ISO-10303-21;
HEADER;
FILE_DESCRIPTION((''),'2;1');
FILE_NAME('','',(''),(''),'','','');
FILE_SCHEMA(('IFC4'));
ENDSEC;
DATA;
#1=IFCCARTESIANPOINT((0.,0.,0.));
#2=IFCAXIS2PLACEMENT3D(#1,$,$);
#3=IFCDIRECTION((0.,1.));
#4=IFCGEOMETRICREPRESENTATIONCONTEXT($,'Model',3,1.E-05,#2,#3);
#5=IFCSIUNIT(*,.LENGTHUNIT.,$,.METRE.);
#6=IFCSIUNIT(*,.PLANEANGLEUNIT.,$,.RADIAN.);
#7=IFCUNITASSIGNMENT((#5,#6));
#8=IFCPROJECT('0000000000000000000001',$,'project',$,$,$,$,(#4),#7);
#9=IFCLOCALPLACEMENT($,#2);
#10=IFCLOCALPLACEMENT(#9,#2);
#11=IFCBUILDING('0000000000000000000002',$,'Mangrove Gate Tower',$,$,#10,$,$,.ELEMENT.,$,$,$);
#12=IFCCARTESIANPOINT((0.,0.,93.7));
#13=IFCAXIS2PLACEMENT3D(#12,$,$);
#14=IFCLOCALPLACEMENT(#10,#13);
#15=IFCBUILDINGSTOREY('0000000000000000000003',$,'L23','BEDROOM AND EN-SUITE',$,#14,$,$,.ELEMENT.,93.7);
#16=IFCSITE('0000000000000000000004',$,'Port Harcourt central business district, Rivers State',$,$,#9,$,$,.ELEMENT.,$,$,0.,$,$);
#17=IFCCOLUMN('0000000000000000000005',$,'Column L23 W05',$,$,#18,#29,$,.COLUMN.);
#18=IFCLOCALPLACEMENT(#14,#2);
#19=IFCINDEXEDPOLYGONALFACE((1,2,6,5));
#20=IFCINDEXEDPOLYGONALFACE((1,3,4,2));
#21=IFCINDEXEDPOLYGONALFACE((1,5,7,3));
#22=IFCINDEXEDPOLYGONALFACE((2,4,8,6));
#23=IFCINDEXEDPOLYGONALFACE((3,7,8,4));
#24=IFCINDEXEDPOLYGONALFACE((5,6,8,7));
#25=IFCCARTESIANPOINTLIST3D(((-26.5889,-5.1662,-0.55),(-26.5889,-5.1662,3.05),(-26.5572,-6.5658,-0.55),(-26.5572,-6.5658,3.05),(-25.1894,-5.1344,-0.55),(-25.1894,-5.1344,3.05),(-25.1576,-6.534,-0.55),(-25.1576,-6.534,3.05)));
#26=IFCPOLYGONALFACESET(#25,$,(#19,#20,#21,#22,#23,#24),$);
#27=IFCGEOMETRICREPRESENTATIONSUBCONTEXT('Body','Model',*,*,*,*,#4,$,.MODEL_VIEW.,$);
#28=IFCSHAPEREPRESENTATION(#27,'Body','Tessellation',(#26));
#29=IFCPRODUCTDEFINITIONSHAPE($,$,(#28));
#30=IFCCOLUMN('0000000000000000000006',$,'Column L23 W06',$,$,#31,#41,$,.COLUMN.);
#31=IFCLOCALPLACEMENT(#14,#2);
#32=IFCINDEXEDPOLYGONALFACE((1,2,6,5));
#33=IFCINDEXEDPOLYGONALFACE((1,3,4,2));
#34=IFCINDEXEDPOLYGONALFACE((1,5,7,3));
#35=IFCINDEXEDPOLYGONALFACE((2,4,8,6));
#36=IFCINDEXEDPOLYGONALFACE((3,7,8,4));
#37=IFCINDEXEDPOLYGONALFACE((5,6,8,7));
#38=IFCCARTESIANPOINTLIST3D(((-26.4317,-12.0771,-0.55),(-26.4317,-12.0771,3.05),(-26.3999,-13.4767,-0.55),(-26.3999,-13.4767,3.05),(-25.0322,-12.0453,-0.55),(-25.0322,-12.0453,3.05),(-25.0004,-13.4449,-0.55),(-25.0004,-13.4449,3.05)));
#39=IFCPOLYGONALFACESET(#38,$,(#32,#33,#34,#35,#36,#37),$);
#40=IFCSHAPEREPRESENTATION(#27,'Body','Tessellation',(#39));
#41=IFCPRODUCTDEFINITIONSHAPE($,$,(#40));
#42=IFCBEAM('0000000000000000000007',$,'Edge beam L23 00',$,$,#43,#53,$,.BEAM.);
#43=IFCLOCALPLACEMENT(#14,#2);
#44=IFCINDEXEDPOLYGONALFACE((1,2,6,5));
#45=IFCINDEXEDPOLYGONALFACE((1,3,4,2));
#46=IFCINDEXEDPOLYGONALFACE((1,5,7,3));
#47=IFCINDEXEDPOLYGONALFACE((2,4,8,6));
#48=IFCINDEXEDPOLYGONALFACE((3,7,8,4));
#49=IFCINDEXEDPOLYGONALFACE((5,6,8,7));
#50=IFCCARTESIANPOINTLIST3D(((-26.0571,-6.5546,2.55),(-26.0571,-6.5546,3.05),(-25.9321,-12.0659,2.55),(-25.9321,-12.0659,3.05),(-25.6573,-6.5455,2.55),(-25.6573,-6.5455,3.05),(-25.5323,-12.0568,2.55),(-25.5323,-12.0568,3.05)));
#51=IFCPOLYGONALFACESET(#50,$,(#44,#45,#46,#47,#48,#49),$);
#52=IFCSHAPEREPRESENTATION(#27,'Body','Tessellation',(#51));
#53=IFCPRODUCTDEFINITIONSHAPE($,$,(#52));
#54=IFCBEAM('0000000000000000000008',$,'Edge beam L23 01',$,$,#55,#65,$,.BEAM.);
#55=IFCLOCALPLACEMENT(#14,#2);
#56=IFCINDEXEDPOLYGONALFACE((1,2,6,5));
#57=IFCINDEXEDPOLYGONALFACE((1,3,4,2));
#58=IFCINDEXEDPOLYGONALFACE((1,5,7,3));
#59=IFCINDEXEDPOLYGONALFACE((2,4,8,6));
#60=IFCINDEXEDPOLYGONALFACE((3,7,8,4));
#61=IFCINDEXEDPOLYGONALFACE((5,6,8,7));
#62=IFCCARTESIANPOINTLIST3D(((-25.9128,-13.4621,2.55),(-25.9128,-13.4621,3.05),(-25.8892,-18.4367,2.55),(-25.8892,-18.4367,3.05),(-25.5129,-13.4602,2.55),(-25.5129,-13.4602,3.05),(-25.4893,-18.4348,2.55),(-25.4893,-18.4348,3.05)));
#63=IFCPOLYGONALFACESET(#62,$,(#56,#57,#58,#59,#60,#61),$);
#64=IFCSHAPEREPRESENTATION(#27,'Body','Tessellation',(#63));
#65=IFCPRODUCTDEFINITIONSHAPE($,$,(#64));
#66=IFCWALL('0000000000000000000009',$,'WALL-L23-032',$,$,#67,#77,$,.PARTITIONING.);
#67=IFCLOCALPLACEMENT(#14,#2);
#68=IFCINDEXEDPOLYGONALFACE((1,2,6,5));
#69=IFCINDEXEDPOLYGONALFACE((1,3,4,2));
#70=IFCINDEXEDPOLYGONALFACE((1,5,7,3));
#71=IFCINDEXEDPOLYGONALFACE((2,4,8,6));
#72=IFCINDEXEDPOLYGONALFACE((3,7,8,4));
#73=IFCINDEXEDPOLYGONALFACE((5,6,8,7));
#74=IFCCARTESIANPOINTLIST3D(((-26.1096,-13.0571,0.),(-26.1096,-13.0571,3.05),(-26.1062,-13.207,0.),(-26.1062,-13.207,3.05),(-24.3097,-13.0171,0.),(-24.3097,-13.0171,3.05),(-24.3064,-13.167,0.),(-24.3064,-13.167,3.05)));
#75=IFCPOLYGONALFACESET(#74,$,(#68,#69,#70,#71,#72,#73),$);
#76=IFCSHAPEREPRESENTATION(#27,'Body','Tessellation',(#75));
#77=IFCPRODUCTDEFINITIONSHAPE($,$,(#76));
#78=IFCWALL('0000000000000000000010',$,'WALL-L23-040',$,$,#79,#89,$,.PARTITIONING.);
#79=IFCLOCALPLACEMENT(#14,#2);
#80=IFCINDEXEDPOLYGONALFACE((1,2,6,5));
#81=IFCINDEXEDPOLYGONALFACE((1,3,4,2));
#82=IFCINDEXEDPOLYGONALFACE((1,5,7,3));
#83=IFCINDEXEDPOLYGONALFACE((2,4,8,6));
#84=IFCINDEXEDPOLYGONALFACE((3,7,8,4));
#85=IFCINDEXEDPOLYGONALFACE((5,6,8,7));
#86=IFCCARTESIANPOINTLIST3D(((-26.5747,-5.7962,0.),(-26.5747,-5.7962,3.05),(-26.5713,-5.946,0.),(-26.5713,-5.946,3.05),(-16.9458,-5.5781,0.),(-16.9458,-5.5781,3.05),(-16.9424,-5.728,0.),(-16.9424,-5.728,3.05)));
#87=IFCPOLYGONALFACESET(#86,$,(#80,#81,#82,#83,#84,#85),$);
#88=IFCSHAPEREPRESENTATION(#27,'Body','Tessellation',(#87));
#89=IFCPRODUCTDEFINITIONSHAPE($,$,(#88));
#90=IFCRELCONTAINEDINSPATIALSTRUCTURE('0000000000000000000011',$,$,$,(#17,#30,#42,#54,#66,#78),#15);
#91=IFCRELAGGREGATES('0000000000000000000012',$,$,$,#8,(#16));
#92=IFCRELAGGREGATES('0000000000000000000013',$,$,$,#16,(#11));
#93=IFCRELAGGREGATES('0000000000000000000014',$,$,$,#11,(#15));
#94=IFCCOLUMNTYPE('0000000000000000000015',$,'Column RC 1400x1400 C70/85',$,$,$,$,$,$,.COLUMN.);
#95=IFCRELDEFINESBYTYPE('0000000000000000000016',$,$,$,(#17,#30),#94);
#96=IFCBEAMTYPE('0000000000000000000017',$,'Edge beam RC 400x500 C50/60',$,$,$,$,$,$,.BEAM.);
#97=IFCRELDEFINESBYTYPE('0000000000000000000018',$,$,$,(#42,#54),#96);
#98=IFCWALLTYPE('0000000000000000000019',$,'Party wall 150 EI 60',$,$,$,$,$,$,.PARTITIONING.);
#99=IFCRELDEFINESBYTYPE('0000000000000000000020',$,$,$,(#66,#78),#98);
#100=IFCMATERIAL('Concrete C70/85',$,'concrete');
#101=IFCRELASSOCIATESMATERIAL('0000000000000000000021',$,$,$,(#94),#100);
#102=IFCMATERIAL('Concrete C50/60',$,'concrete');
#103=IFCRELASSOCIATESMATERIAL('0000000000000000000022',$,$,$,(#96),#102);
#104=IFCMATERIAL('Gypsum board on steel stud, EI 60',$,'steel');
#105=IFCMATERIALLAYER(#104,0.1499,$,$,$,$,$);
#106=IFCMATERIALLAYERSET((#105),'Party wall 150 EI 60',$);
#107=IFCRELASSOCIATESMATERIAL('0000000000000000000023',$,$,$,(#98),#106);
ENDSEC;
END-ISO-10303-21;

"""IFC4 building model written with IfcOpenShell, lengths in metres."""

from ifc_helpers import new_model, si_unit, direction, frame, frame_2d, origin, origin_2d, place, context, subcontext, project, spatial, rectangle, extrude, material, layer, layer_set, material_profile, profile_set, type_object, element, save


model = new_model("IFC4")

# Units and contexts
model_context = context("Model", 3, precision=1e-05, world=origin(), true_north=direction((0.0, 1.0)))
body_context = subcontext(model_context, "Body", "Model", "MODEL_VIEW")
ifc_project = project(units=[si_unit("LENGTHUNIT", "METRE"), si_unit("PLANEANGLEUNIT", "RADIAN")], contexts=[model_context])

# Site, building, storey
site_placement = place(None, origin())
site = spatial("IfcSite", under=ifc_project, at=site_placement, Name="Port Harcourt central business district, Rivers State", CompositionType="ELEMENT", RefElevation=0.0)
building_placement = place(site_placement, origin())
building = spatial("IfcBuilding", under=site, at=building_placement, Name="Mangrove Gate Tower", CompositionType="ELEMENT")
storey_placement = place(building_placement, frame((0.0, 0.0, 93.7)))
storey = spatial("IfcBuildingStorey", under=building, at=storey_placement, Name="L23", Description="BEDROOM AND EN-SUITE", CompositionType="ELEMENT", Elevation=93.7)

# Columns
ifc_material_1 = material(Name="Concrete C70/85", Category="concrete")
ifc_material_profile_1 = material_profile(ifc_material_1, rectangle(XDim=1.3999, YDim=1.3999, at=origin_2d()))
ifc_profile_set_1 = profile_set([ifc_material_profile_1], Name="Concrete C70/85")
column_type = type_object("IfcColumnType", Name="Column RC 1400x1400 C70/85", PredefinedType="COLUMN", material=ifc_profile_set_1)
for number, where, z_axis, x_axis, name in (
    (1, (-25.8733, -5.8501, -0.55), (0.0, 0.0, 1.0), (0.022697, -0.999742, 0.0), "Column L23 W05"),
    (2, (-25.7161, -12.761, -0.55), (0.0, 0.0, 1.0), (0.022712, -0.999742, 0.0), "Column L23 W06"),
):
    element("IfcColumn", number, at=place(storey_placement, frame(where, z_axis=z_axis, x_axis=x_axis)), inside=storey, type_object=column_type, Name=name, PredefinedType="COLUMN", context=body_context, shape_type="SweptSolid", body=[
        extrude(rectangle(XDim=1.3999, YDim=1.3999, at=origin_2d()), origin(), (0.0, 0.0, 1.0), 3.6001),
    ])

# Beams
ifc_material_2 = material(Name="Concrete C50/60", Category="concrete")
ifc_material_profile_2 = material_profile(ifc_material_2, rectangle(XDim=0.3999, YDim=0.5, at=origin_2d()))
ifc_profile_set_2 = profile_set([ifc_material_profile_2], Name="Concrete C50/60")
beam_type = type_object("IfcBeamType", Name="Edge beam RC 400x500 C50/60", PredefinedType="BEAM", material=ifc_profile_set_2)
beam_1_placement = place(storey_placement, frame((-25.8572, -6.55, 2.8), z_axis=(0.022675, -0.999743, 0.0), x_axis=(0.999743, 0.022675, 0.0)))
element("IfcBeam", 3, at=beam_1_placement, inside=storey, type_object=beam_type, Name="Edge beam L23 00", PredefinedType="BEAM", context=body_context, shape_type="SweptSolid", body=[
    extrude(rectangle(XDim=0.3999, YDim=0.5, at=origin_2d()), origin(), (0.0, 0.0, 1.0), 5.5127),
])
beam_2_placement = place(storey_placement, frame((-25.7129, -13.4612, 2.8), z_axis=(0.00476, -0.999989, 0.0), x_axis=(0.999989, 0.00476, 0.0)))
element("IfcBeam", 4, at=beam_2_placement, inside=storey, type_object=beam_type, Name="Edge beam L23 01", PredefinedType="BEAM", context=body_context, shape_type="SweptSolid", body=[
    extrude(rectangle(XDim=0.3999, YDim=0.5, at=origin_2d()), origin(), (0.0, 0.0, 1.0), 4.9746),
])

# Walls
ifc_material_3 = material(Name="Gypsum board on steel stud, EI 60", Category="steel")
ifc_layer_1 = layer(ifc_material_3, 0.1499)
ifc_layer_set_1 = layer_set([ifc_layer_1], Name="Party wall 150 EI 60")
wall_type_1 = type_object("IfcWallType", Name="Party wall 150 EI 60", PredefinedType="PARTITIONING", material=ifc_layer_set_1)
wall_1_placement = place(storey_placement, frame((-26.1079, -13.1321, 0.0), z_axis=(0.0, 0.0, 1.0), x_axis=(0.999753, 0.022241, 0.0)))
element("IfcWall", 5, at=wall_1_placement, inside=storey, type_object=wall_type_1, Name="WALL-L23-032", PredefinedType="PARTITIONING", context=body_context, shape_type="SweptSolid", body=[
    extrude(rectangle(XDim=1.8003, YDim=0.1499, at=frame_2d((0.9001, 0.0))), origin(), (0.0, 0.0, 1.0), 3.05),
])
wall_2_placement = place(storey_placement, frame((-26.573, -5.8711, 0.0), z_axis=(0.0, 0.0, 1.0), x_axis=(0.999744, 0.022636, 0.0)))
element("IfcWall", 6, at=wall_2_placement, inside=storey, type_object=wall_type_1, Name="WALL-L23-040", PredefinedType="PARTITIONING", context=body_context, shape_type="SweptSolid", body=[
    extrude(rectangle(XDim=9.6313, YDim=0.1499, at=frame_2d((4.8157, 0.0))), origin(), (0.0, 0.0, 1.0), 3.05),
])

save(model, "model.ifc")
